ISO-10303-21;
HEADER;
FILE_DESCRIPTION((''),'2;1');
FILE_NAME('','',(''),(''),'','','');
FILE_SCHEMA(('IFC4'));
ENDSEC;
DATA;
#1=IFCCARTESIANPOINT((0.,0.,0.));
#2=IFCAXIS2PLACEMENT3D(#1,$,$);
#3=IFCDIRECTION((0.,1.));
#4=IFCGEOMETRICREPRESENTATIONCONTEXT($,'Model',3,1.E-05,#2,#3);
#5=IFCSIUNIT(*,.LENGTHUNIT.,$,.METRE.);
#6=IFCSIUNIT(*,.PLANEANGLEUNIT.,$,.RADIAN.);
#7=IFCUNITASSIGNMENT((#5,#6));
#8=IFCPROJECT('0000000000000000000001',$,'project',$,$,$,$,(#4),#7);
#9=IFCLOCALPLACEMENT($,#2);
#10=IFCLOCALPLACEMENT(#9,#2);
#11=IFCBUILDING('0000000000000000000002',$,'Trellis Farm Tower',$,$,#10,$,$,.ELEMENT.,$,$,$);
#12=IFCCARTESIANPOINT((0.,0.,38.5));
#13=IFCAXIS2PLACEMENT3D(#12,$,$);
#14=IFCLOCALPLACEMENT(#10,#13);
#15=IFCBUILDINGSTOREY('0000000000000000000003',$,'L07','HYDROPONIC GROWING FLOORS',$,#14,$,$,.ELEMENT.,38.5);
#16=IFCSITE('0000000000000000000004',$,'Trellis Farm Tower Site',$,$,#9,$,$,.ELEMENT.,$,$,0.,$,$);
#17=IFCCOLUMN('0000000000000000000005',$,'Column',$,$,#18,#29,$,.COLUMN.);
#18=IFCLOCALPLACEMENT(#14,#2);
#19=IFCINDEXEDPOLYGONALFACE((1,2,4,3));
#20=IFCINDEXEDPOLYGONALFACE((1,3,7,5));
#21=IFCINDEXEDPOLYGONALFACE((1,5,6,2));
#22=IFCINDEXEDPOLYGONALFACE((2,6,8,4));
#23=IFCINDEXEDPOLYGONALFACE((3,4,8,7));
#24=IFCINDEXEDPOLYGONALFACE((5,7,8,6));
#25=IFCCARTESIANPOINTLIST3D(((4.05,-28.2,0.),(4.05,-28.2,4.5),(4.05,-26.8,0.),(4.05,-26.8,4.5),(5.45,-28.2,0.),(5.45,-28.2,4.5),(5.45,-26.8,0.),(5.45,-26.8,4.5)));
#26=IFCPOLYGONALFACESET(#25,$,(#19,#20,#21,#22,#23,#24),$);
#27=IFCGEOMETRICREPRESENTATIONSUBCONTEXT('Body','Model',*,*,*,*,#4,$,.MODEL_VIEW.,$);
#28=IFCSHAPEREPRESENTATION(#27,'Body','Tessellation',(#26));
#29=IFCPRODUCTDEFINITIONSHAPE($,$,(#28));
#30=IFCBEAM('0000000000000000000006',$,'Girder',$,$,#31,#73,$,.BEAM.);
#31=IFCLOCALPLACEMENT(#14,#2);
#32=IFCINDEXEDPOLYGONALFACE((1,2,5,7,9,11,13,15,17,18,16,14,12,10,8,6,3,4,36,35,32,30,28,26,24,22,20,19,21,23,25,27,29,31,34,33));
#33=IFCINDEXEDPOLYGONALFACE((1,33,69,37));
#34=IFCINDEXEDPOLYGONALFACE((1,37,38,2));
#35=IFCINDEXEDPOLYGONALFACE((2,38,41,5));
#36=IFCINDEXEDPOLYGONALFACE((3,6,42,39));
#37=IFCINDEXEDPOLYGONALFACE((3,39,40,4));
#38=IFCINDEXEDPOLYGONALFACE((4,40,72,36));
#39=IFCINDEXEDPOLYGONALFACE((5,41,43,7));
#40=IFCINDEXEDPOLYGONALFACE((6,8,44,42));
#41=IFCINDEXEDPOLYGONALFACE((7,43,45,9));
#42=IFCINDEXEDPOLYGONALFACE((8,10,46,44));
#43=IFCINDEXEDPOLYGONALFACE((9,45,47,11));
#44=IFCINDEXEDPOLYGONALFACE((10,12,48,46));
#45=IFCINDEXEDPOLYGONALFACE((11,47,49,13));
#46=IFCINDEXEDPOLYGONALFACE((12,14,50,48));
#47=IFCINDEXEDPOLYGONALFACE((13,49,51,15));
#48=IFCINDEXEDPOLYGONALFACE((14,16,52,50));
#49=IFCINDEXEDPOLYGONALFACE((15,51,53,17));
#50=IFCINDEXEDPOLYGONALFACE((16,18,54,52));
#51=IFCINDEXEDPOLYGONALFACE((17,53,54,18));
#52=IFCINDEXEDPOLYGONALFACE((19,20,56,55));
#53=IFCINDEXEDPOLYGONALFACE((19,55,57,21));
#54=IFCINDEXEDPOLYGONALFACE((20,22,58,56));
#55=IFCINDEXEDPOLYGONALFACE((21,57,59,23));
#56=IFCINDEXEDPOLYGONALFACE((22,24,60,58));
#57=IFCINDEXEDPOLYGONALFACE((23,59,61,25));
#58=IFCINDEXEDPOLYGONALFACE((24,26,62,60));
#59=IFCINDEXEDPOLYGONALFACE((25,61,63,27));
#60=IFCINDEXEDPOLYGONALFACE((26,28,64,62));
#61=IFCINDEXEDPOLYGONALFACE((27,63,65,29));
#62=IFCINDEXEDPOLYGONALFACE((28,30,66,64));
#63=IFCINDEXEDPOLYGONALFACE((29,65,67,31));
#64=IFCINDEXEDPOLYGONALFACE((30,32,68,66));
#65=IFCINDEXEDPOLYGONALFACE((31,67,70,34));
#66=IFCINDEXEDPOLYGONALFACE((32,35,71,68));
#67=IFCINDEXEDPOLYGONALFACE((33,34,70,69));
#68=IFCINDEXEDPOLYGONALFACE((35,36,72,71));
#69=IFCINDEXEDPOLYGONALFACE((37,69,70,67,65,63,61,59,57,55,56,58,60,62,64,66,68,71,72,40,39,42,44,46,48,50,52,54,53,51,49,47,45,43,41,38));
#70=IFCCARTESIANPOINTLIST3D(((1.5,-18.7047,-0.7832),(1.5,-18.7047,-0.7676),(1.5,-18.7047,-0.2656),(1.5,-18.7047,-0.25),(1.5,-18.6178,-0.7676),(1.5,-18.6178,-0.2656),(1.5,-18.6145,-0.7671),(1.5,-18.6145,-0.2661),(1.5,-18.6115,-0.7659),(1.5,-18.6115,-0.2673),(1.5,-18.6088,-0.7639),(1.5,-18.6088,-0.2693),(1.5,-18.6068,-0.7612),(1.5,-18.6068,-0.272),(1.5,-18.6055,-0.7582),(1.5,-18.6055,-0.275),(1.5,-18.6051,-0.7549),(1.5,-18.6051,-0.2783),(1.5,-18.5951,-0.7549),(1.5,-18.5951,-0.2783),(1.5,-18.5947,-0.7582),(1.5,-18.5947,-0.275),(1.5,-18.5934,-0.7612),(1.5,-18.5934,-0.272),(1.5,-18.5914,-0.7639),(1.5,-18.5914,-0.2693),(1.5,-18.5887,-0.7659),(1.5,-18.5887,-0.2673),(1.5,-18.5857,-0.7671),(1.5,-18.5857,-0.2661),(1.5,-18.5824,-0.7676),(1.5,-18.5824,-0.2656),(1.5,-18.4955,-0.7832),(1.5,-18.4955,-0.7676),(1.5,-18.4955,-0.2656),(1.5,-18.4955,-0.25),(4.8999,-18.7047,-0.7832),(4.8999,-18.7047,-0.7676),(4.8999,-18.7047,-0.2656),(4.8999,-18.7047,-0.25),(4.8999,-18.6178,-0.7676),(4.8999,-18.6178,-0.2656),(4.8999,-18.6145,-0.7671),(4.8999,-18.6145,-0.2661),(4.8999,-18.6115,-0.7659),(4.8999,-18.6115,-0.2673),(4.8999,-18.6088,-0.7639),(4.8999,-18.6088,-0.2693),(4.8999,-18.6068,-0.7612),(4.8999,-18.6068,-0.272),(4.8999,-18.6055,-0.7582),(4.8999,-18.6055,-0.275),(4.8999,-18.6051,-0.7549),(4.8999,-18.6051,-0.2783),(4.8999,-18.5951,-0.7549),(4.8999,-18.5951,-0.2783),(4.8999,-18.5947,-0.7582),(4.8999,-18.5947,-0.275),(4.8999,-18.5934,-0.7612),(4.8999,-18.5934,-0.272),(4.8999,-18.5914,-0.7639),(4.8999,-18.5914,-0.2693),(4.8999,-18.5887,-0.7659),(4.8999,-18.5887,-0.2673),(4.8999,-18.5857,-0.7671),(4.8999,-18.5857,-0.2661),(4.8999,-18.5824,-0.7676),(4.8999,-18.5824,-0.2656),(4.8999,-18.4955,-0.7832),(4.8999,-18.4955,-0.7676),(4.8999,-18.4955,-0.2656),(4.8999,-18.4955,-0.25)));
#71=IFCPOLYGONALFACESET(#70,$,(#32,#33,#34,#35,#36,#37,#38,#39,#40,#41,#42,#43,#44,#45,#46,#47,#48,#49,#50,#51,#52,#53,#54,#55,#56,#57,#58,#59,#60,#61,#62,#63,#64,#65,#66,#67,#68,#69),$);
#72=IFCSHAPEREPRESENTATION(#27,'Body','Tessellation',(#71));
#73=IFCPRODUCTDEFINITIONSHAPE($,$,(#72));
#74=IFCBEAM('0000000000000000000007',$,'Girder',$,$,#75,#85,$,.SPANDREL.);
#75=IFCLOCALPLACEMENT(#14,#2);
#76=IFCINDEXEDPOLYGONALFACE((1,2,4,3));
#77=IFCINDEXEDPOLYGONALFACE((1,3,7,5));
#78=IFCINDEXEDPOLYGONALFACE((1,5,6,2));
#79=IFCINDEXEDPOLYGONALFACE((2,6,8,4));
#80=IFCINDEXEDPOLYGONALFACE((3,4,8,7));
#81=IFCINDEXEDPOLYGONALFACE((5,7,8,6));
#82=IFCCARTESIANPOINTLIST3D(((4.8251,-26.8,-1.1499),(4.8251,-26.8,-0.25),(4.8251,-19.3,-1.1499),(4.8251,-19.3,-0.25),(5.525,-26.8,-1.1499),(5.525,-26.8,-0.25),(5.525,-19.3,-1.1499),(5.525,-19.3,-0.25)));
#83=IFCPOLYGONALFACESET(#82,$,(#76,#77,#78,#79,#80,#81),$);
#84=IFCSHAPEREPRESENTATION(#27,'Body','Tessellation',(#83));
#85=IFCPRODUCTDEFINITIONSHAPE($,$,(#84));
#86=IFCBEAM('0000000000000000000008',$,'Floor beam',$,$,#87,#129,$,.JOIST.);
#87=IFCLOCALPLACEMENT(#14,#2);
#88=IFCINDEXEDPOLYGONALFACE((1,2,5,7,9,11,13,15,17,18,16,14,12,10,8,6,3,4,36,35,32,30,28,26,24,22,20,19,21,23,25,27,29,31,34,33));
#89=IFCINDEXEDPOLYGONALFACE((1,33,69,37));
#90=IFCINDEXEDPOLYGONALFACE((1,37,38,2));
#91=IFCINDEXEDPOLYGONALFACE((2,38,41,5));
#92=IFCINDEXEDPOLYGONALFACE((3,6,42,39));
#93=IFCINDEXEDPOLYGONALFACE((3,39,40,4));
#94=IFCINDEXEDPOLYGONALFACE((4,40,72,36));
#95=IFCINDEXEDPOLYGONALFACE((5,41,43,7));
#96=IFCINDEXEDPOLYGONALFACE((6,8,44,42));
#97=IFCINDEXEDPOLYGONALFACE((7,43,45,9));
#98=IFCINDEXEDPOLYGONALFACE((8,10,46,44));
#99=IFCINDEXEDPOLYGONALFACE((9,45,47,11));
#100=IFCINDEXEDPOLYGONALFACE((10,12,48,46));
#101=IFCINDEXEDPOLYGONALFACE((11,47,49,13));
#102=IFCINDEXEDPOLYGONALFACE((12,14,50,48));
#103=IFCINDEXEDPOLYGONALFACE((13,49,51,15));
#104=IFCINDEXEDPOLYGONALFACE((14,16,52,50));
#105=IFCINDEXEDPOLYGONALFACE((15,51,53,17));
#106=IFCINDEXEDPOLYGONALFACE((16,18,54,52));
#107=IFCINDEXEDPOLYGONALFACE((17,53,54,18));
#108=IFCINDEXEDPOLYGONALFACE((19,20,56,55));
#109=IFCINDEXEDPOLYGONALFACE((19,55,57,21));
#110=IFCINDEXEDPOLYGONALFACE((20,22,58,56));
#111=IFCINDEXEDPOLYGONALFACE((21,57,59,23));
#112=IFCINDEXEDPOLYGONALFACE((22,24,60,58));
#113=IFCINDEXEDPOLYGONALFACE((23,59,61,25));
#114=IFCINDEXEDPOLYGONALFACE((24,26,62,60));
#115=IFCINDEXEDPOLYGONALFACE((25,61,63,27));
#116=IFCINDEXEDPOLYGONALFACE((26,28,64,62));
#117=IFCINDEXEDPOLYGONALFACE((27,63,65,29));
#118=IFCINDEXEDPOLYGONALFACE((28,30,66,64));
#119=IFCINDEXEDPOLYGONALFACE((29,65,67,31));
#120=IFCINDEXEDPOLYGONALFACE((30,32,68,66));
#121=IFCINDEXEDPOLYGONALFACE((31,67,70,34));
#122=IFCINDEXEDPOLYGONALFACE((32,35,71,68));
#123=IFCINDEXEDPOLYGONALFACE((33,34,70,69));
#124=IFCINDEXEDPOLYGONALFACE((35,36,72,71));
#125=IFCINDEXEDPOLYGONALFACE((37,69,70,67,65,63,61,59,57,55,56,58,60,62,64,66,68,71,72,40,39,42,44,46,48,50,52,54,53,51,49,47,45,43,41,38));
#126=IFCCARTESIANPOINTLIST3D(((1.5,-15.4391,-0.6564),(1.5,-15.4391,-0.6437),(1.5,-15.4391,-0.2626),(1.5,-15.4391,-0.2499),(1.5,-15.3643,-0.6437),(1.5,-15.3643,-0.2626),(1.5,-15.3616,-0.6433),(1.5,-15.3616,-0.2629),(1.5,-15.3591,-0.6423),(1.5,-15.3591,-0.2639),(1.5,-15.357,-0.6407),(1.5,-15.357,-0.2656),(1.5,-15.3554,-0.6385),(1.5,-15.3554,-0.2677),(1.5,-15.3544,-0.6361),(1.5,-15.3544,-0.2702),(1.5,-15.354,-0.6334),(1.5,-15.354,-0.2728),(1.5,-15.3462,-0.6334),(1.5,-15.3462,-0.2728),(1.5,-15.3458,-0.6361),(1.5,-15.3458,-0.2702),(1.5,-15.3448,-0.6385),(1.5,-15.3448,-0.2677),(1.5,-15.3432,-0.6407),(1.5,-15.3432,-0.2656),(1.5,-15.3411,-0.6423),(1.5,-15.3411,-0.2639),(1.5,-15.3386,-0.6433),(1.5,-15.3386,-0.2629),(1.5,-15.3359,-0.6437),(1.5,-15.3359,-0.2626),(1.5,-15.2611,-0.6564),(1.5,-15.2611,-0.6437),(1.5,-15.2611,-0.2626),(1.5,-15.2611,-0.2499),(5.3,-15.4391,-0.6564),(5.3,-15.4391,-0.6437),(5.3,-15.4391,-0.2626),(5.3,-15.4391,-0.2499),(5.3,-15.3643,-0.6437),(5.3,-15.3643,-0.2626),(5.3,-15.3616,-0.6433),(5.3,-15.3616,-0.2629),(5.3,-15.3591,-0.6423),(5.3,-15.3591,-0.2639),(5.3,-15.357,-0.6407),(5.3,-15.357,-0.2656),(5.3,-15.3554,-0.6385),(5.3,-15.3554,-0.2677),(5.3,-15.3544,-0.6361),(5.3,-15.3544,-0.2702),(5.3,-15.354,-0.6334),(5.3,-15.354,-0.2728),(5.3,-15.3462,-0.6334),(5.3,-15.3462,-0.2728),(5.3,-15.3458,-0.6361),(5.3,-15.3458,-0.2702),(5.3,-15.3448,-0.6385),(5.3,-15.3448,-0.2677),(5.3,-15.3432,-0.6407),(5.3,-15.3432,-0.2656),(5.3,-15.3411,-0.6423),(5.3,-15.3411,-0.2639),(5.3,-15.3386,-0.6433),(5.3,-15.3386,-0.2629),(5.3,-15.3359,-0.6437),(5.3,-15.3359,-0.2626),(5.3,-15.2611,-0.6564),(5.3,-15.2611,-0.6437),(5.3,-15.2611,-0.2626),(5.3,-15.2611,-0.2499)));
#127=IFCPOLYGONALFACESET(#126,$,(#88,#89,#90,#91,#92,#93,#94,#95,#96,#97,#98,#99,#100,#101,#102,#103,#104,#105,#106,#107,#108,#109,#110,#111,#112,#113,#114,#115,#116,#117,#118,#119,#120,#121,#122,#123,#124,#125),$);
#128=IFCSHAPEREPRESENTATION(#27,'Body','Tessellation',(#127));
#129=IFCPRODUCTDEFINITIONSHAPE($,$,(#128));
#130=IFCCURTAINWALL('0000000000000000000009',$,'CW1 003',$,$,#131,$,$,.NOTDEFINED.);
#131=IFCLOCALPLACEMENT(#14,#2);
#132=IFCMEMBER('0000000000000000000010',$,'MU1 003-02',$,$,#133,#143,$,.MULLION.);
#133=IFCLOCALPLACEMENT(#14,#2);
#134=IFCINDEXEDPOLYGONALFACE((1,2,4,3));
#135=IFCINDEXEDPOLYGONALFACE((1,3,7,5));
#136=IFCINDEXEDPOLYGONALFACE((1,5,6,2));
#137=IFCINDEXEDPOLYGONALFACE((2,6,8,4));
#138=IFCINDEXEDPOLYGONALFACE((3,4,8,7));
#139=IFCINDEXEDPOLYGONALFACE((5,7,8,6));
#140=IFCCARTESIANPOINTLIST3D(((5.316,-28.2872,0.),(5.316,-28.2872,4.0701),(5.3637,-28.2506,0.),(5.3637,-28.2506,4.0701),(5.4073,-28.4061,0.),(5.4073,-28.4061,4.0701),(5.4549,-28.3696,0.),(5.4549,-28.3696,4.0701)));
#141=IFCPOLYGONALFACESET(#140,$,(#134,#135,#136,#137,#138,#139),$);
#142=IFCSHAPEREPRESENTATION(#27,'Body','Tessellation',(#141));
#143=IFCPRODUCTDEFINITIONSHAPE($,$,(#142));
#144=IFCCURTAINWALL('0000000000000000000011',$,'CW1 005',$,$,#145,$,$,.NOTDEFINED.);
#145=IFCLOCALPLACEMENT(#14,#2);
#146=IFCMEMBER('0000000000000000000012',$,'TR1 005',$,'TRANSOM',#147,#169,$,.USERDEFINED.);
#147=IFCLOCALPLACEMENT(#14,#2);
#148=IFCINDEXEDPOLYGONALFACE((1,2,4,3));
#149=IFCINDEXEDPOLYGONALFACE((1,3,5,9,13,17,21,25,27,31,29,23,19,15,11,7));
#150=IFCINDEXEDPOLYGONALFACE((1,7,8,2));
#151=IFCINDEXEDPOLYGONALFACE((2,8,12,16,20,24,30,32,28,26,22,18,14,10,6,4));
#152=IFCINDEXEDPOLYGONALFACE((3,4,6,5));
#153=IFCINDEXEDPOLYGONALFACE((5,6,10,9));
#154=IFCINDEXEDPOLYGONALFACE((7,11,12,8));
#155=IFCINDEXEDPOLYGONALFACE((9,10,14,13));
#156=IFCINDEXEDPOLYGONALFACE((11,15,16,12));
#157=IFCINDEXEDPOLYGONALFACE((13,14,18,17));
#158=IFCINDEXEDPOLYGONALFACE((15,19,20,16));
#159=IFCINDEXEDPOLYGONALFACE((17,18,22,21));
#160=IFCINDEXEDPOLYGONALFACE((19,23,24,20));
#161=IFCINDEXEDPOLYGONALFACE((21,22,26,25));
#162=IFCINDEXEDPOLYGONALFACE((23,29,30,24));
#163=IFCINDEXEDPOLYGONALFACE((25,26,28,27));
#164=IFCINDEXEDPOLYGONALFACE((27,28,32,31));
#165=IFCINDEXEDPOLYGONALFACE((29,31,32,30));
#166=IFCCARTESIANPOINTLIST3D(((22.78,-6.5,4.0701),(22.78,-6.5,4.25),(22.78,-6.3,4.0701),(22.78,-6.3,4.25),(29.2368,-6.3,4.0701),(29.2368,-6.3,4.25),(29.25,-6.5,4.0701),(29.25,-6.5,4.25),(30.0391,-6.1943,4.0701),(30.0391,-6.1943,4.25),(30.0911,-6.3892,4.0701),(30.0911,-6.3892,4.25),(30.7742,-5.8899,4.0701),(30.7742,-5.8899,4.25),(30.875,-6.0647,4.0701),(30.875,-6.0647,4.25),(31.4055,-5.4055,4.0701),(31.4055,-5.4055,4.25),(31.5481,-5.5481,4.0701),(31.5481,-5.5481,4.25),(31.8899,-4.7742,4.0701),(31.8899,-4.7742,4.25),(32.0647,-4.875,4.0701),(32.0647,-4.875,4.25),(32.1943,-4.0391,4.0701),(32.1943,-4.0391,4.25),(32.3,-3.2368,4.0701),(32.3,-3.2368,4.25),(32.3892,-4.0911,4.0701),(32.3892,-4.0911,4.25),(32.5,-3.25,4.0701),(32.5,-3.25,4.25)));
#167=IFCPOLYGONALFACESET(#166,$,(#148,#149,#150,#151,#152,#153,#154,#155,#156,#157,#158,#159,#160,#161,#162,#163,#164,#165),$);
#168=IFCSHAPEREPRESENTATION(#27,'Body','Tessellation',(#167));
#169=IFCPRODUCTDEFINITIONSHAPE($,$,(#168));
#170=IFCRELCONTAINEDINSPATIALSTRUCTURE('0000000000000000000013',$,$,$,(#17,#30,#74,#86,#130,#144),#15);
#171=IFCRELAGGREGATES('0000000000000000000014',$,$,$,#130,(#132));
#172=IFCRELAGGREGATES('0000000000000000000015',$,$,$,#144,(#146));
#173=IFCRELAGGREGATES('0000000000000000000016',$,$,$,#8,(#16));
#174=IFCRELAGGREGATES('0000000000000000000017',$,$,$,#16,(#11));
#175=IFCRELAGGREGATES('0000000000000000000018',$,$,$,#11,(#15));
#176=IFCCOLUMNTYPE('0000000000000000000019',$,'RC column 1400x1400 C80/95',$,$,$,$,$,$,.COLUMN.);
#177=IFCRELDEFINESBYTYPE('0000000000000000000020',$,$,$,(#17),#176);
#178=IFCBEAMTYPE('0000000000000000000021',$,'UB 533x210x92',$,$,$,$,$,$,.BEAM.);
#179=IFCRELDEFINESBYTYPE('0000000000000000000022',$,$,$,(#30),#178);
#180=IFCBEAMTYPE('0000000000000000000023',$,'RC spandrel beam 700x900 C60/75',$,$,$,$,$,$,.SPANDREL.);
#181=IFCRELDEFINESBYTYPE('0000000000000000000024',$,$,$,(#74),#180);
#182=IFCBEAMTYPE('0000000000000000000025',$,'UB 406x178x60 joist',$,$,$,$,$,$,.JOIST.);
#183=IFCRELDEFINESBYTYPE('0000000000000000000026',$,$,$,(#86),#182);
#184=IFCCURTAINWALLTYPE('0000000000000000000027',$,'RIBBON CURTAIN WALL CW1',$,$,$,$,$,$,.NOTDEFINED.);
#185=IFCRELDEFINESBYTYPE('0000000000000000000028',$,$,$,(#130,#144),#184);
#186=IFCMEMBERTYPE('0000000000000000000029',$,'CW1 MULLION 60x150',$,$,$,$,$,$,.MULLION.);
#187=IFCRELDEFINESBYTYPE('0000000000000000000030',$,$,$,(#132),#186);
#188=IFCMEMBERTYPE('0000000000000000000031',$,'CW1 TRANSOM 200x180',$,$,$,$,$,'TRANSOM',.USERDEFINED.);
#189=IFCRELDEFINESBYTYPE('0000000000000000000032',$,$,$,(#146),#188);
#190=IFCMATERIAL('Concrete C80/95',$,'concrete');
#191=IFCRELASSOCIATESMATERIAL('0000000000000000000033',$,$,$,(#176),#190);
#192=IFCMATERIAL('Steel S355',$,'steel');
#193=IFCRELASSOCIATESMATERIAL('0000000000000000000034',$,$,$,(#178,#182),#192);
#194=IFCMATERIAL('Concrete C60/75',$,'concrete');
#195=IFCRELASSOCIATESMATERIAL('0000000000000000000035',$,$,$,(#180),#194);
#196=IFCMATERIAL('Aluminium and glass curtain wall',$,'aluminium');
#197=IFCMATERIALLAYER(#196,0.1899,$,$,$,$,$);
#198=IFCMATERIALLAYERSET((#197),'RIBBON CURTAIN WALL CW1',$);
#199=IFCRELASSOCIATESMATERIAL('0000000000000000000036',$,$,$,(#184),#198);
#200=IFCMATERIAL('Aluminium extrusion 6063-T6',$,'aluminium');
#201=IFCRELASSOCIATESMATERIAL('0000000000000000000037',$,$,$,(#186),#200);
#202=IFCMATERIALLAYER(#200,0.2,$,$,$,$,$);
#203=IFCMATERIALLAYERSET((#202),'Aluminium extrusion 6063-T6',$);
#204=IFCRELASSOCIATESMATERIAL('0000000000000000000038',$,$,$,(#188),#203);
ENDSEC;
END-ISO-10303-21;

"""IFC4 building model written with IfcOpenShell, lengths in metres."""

from ifc_helpers import new_model, si_unit, direction, frame, origin, origin_2d, place, context, subcontext, project, spatial, polyline, rectangle, i_section, outline, extrude, source, transform, mapped, material, layer, layer_set, material_profile, profile_set, type_object, element, aggregate, save


model = new_model("IFC4")

# Units and contexts
model_context = context("Model", 3, precision=1e-05, world=origin(), true_north=direction((0.0, 1.0)))
body_context = subcontext(model_context, "Body", "Model", "MODEL_VIEW")
ifc_project = project(units=[si_unit("LENGTHUNIT", "METRE"), si_unit("PLANEANGLEUNIT", "RADIAN")], contexts=[model_context])

# Site, building, storey
site_placement = place(None, origin())
site = spatial("IfcSite", under=ifc_project, at=site_placement, Name="Trellis Farm Tower Site", CompositionType="ELEMENT", RefElevation=0.0)
building_placement = place(site_placement, origin())
building = spatial("IfcBuilding", under=site, at=building_placement, Name="Trellis Farm Tower", CompositionType="ELEMENT")
storey_placement = place(building_placement, frame((0.0, 0.0, 38.5)))
storey = spatial("IfcBuildingStorey", under=building, at=storey_placement, Name="L07", Description="HYDROPONIC GROWING FLOORS", CompositionType="ELEMENT", Elevation=38.5)

# Column
ifc_material_1 = material(Name="Concrete C80/95", Category="concrete")
ifc_material_profile_1 = material_profile(ifc_material_1, rectangle(XDim=1.3999, YDim=1.3999, at=origin_2d()), Name="RC column 1400x1400 C80/95")
ifc_profile_set_1 = profile_set([ifc_material_profile_1], Name="Concrete C80/95")
column_type = type_object("IfcColumnType", Name="RC column 1400x1400 C80/95", PredefinedType="COLUMN", material=ifc_profile_set_1)
shared_shape_1 = source(origin(), body_context, "Body", "SweptSolid", [
    extrude(rectangle(XDim=1.3999, YDim=1.3999, at=origin_2d()), origin(), (0.0, 0.0, 1.0), 4.5),
])
column_placement = place(storey_placement, frame((4.75, -27.5, 0.0), z_axis=(0.0, 0.0, 1.0), x_axis=(1.0, 0.0, 0.0)))
element("IfcColumn", 1, at=column_placement, inside=storey, type_object=column_type, Name="Column", PredefinedType="COLUMN", context=body_context, shape_type="MappedRepresentation", body=[
    mapped(shared_shape_1, transform((0.0, 0.0, 0.0))),
])

# Beams
ifc_material_2 = material(Name="Steel S355", Category="steel")
ifc_material_profile_2 = material_profile(ifc_material_2, i_section(OverallWidth=0.2092, OverallDepth=0.5332, WebThickness=0.01, FlangeThickness=0.0156, FilletRadius=0.0127, at=origin_2d()), Name="UB 533x210x92")
ifc_profile_set_2 = profile_set([ifc_material_profile_2], Name="Steel S355")
beam_type_1 = type_object("IfcBeamType", Name="UB 533x210x92", PredefinedType="BEAM", material=ifc_profile_set_2)
shared_shape_2 = source(origin(), body_context, "Body", "SweptSolid", [
    extrude(i_section(OverallWidth=0.2092, OverallDepth=0.5332, WebThickness=0.01, FlangeThickness=0.0156, FilletRadius=0.0127, at=origin_2d()), origin(), (0.0, 0.0, 1.0), 3.3999),
])
beam_1_placement = place(storey_placement, frame((1.5, -18.6001, -0.5166), z_axis=(1.0, 0.0, 0.0), x_axis=(0.0, 1.0, 0.0)))
element("IfcBeam", 2, at=beam_1_placement, inside=storey, type_object=beam_type_1, Name="Girder", PredefinedType="BEAM", context=body_context, shape_type="MappedRepresentation", body=[
    mapped(shared_shape_2, transform((0.0, 0.0, 0.0))),
])
ifc_material_3 = material(Name="Concrete C60/75", Category="concrete")
ifc_material_profile_3 = material_profile(ifc_material_3, rectangle(XDim=0.7, YDim=0.8999, at=origin_2d()), Name="RC spandrel beam 700x900 C60/75")
ifc_profile_set_3 = profile_set([ifc_material_profile_3], Name="Concrete C60/75")
beam_type_2 = type_object("IfcBeamType", Name="RC spandrel beam 700x900 C60/75", PredefinedType="SPANDREL", material=ifc_profile_set_3)
shared_shape_3 = source(origin(), body_context, "Body", "SweptSolid", [
    extrude(rectangle(XDim=0.7, YDim=0.8999, at=origin_2d()), origin(), (0.0, 0.0, 1.0), 7.5),
])
beam_2_placement = place(storey_placement, frame((5.175, -26.8, -0.7), z_axis=(0.0, 1.0, 0.0), x_axis=(-1.0, 0.0, 0.0)))
element("IfcBeam", 3, at=beam_2_placement, inside=storey, type_object=beam_type_2, Name="Girder", PredefinedType="SPANDREL", context=body_context, shape_type="MappedRepresentation", body=[
    mapped(shared_shape_3, transform((0.0, 0.0, 0.0))),
])
ifc_material_profile_4 = material_profile(ifc_material_2, i_section(OverallWidth=0.178, OverallDepth=0.4065, WebThickness=0.0078, FlangeThickness=0.0127, FilletRadius=0.0103, at=origin_2d()), Name="UB 406x178x60")
ifc_profile_set_4 = profile_set([ifc_material_profile_4], Name="Steel S355")
beam_type_3 = type_object("IfcBeamType", Name="UB 406x178x60 joist", PredefinedType="JOIST", material=ifc_profile_set_4)
shared_shape_4 = source(origin(), body_context, "Body", "SweptSolid", [
    extrude(i_section(OverallWidth=0.178, OverallDepth=0.4065, WebThickness=0.0078, FlangeThickness=0.0127, FilletRadius=0.0103, at=origin_2d()), origin(), (0.0, 0.0, 1.0), 3.8),
])
beam_3_placement = place(storey_placement, frame((1.5, -15.3501, -0.4531), z_axis=(1.0, 0.0, 0.0), x_axis=(0.0, 1.0, 0.0)))
element("IfcBeam", 4, at=beam_3_placement, inside=storey, type_object=beam_type_3, Name="Floor beam", PredefinedType="JOIST", context=body_context, shape_type="MappedRepresentation", body=[
    mapped(shared_shape_4, transform((0.0, 0.0, 0.0))),
])

# Curtain walls, members
ifc_material_4 = material(Name="Aluminium and glass curtain wall", Category="aluminium")
ifc_layer_1 = layer(ifc_material_4, 0.1899)
ifc_layer_set_1 = layer_set([ifc_layer_1], Name="RIBBON CURTAIN WALL CW1")
curtain_wall_type = type_object("IfcCurtainWallType", Name="RIBBON CURTAIN WALL CW1", PredefinedType="NOTDEFINED", material=ifc_layer_set_1)
placement = place(storey_placement, origin())
curtain_wall_1 = element("IfcCurtainWall", 5, at=placement, inside=storey, type_object=curtain_wall_type, Name="CW1 003", PredefinedType="NOTDEFINED")
ifc_material_5 = material(Name="Aluminium extrusion 6063-T6", Category="aluminium")
ifc_material_profile_5 = material_profile(ifc_material_5, rectangle(XDim=0.0601, YDim=0.1499, at=origin_2d()), Name="MULLION 60x150")
ifc_profile_set_5 = profile_set([ifc_material_profile_5], Name="Aluminium extrusion 6063-T6")
member_type_1 = type_object("IfcMemberType", Name="CW1 MULLION 60x150", PredefinedType="MULLION", material=ifc_profile_set_5)
shared_shape_5 = source(origin(), body_context, "Body", "SweptSolid", [
    extrude(rectangle(XDim=0.0601, YDim=0.1499, at=origin_2d()), origin(), (0.0, 0.0, 1.0), 4.0701),
])
member_1_placement = place(storey_placement, frame((5.3855, -28.3284, 0.0), z_axis=(0.0, 0.0, 1.0), x_axis=(0.793353, 0.608761, 0.0)))
member_1 = element("IfcMember", 6, at=member_1_placement, type_object=member_type_1, Name="MU1 003-02", PredefinedType="MULLION", context=body_context, shape_type="MappedRepresentation", body=[
    mapped(shared_shape_5, transform((0.0, 0.0, 0.0))),
])
aggregate(curtain_wall_1, [member_1])
curtain_wall_2 = element("IfcCurtainWall", 7, at=placement, inside=storey, type_object=curtain_wall_type, Name="CW1 005", PredefinedType="NOTDEFINED")
ifc_layer_2 = layer(ifc_material_5, 0.2)
ifc_layer_set_2 = layer_set([ifc_layer_2], Name="Aluminium extrusion 6063-T6")
member_type_2 = type_object("IfcMemberType", Name="CW1 TRANSOM 200x180", ElementType="TRANSOM", PredefinedType="USERDEFINED", material=ifc_layer_set_2)
shared_shape_6 = source(origin(), body_context, "Body", "SweptSolid", [
    extrude(outline(polyline([(22.78, -6.5), (29.25, -6.5), (30.0911, -6.3892), (30.875, -6.0647), (31.5481, -5.5481), (32.0647, -4.875), (32.3892, -4.0911), (32.5, -3.25), (32.3, -3.2368), (32.1943, -4.0391), (31.8899, -4.7742), (31.4055, -5.4055), (30.7742, -5.8899), (30.0391, -6.1943), (29.2368, -6.3), (22.78, -6.3), (22.78, -6.5)])), origin(), (0.0, 0.0, 1.0), 0.1799),
])
member_2_placement = place(storey_placement, frame((0.0, 0.0, 4.0701)))
member_2 = element("IfcMember", 8, at=member_2_placement, type_object=member_type_2, Name="TR1 005", ObjectType="TRANSOM", PredefinedType="USERDEFINED", context=body_context, shape_type="MappedRepresentation", body=[
    mapped(shared_shape_6, transform((0.0, 0.0, 0.0))),
])
aggregate(curtain_wall_2, [member_2])

save(model, "model.ifc")
